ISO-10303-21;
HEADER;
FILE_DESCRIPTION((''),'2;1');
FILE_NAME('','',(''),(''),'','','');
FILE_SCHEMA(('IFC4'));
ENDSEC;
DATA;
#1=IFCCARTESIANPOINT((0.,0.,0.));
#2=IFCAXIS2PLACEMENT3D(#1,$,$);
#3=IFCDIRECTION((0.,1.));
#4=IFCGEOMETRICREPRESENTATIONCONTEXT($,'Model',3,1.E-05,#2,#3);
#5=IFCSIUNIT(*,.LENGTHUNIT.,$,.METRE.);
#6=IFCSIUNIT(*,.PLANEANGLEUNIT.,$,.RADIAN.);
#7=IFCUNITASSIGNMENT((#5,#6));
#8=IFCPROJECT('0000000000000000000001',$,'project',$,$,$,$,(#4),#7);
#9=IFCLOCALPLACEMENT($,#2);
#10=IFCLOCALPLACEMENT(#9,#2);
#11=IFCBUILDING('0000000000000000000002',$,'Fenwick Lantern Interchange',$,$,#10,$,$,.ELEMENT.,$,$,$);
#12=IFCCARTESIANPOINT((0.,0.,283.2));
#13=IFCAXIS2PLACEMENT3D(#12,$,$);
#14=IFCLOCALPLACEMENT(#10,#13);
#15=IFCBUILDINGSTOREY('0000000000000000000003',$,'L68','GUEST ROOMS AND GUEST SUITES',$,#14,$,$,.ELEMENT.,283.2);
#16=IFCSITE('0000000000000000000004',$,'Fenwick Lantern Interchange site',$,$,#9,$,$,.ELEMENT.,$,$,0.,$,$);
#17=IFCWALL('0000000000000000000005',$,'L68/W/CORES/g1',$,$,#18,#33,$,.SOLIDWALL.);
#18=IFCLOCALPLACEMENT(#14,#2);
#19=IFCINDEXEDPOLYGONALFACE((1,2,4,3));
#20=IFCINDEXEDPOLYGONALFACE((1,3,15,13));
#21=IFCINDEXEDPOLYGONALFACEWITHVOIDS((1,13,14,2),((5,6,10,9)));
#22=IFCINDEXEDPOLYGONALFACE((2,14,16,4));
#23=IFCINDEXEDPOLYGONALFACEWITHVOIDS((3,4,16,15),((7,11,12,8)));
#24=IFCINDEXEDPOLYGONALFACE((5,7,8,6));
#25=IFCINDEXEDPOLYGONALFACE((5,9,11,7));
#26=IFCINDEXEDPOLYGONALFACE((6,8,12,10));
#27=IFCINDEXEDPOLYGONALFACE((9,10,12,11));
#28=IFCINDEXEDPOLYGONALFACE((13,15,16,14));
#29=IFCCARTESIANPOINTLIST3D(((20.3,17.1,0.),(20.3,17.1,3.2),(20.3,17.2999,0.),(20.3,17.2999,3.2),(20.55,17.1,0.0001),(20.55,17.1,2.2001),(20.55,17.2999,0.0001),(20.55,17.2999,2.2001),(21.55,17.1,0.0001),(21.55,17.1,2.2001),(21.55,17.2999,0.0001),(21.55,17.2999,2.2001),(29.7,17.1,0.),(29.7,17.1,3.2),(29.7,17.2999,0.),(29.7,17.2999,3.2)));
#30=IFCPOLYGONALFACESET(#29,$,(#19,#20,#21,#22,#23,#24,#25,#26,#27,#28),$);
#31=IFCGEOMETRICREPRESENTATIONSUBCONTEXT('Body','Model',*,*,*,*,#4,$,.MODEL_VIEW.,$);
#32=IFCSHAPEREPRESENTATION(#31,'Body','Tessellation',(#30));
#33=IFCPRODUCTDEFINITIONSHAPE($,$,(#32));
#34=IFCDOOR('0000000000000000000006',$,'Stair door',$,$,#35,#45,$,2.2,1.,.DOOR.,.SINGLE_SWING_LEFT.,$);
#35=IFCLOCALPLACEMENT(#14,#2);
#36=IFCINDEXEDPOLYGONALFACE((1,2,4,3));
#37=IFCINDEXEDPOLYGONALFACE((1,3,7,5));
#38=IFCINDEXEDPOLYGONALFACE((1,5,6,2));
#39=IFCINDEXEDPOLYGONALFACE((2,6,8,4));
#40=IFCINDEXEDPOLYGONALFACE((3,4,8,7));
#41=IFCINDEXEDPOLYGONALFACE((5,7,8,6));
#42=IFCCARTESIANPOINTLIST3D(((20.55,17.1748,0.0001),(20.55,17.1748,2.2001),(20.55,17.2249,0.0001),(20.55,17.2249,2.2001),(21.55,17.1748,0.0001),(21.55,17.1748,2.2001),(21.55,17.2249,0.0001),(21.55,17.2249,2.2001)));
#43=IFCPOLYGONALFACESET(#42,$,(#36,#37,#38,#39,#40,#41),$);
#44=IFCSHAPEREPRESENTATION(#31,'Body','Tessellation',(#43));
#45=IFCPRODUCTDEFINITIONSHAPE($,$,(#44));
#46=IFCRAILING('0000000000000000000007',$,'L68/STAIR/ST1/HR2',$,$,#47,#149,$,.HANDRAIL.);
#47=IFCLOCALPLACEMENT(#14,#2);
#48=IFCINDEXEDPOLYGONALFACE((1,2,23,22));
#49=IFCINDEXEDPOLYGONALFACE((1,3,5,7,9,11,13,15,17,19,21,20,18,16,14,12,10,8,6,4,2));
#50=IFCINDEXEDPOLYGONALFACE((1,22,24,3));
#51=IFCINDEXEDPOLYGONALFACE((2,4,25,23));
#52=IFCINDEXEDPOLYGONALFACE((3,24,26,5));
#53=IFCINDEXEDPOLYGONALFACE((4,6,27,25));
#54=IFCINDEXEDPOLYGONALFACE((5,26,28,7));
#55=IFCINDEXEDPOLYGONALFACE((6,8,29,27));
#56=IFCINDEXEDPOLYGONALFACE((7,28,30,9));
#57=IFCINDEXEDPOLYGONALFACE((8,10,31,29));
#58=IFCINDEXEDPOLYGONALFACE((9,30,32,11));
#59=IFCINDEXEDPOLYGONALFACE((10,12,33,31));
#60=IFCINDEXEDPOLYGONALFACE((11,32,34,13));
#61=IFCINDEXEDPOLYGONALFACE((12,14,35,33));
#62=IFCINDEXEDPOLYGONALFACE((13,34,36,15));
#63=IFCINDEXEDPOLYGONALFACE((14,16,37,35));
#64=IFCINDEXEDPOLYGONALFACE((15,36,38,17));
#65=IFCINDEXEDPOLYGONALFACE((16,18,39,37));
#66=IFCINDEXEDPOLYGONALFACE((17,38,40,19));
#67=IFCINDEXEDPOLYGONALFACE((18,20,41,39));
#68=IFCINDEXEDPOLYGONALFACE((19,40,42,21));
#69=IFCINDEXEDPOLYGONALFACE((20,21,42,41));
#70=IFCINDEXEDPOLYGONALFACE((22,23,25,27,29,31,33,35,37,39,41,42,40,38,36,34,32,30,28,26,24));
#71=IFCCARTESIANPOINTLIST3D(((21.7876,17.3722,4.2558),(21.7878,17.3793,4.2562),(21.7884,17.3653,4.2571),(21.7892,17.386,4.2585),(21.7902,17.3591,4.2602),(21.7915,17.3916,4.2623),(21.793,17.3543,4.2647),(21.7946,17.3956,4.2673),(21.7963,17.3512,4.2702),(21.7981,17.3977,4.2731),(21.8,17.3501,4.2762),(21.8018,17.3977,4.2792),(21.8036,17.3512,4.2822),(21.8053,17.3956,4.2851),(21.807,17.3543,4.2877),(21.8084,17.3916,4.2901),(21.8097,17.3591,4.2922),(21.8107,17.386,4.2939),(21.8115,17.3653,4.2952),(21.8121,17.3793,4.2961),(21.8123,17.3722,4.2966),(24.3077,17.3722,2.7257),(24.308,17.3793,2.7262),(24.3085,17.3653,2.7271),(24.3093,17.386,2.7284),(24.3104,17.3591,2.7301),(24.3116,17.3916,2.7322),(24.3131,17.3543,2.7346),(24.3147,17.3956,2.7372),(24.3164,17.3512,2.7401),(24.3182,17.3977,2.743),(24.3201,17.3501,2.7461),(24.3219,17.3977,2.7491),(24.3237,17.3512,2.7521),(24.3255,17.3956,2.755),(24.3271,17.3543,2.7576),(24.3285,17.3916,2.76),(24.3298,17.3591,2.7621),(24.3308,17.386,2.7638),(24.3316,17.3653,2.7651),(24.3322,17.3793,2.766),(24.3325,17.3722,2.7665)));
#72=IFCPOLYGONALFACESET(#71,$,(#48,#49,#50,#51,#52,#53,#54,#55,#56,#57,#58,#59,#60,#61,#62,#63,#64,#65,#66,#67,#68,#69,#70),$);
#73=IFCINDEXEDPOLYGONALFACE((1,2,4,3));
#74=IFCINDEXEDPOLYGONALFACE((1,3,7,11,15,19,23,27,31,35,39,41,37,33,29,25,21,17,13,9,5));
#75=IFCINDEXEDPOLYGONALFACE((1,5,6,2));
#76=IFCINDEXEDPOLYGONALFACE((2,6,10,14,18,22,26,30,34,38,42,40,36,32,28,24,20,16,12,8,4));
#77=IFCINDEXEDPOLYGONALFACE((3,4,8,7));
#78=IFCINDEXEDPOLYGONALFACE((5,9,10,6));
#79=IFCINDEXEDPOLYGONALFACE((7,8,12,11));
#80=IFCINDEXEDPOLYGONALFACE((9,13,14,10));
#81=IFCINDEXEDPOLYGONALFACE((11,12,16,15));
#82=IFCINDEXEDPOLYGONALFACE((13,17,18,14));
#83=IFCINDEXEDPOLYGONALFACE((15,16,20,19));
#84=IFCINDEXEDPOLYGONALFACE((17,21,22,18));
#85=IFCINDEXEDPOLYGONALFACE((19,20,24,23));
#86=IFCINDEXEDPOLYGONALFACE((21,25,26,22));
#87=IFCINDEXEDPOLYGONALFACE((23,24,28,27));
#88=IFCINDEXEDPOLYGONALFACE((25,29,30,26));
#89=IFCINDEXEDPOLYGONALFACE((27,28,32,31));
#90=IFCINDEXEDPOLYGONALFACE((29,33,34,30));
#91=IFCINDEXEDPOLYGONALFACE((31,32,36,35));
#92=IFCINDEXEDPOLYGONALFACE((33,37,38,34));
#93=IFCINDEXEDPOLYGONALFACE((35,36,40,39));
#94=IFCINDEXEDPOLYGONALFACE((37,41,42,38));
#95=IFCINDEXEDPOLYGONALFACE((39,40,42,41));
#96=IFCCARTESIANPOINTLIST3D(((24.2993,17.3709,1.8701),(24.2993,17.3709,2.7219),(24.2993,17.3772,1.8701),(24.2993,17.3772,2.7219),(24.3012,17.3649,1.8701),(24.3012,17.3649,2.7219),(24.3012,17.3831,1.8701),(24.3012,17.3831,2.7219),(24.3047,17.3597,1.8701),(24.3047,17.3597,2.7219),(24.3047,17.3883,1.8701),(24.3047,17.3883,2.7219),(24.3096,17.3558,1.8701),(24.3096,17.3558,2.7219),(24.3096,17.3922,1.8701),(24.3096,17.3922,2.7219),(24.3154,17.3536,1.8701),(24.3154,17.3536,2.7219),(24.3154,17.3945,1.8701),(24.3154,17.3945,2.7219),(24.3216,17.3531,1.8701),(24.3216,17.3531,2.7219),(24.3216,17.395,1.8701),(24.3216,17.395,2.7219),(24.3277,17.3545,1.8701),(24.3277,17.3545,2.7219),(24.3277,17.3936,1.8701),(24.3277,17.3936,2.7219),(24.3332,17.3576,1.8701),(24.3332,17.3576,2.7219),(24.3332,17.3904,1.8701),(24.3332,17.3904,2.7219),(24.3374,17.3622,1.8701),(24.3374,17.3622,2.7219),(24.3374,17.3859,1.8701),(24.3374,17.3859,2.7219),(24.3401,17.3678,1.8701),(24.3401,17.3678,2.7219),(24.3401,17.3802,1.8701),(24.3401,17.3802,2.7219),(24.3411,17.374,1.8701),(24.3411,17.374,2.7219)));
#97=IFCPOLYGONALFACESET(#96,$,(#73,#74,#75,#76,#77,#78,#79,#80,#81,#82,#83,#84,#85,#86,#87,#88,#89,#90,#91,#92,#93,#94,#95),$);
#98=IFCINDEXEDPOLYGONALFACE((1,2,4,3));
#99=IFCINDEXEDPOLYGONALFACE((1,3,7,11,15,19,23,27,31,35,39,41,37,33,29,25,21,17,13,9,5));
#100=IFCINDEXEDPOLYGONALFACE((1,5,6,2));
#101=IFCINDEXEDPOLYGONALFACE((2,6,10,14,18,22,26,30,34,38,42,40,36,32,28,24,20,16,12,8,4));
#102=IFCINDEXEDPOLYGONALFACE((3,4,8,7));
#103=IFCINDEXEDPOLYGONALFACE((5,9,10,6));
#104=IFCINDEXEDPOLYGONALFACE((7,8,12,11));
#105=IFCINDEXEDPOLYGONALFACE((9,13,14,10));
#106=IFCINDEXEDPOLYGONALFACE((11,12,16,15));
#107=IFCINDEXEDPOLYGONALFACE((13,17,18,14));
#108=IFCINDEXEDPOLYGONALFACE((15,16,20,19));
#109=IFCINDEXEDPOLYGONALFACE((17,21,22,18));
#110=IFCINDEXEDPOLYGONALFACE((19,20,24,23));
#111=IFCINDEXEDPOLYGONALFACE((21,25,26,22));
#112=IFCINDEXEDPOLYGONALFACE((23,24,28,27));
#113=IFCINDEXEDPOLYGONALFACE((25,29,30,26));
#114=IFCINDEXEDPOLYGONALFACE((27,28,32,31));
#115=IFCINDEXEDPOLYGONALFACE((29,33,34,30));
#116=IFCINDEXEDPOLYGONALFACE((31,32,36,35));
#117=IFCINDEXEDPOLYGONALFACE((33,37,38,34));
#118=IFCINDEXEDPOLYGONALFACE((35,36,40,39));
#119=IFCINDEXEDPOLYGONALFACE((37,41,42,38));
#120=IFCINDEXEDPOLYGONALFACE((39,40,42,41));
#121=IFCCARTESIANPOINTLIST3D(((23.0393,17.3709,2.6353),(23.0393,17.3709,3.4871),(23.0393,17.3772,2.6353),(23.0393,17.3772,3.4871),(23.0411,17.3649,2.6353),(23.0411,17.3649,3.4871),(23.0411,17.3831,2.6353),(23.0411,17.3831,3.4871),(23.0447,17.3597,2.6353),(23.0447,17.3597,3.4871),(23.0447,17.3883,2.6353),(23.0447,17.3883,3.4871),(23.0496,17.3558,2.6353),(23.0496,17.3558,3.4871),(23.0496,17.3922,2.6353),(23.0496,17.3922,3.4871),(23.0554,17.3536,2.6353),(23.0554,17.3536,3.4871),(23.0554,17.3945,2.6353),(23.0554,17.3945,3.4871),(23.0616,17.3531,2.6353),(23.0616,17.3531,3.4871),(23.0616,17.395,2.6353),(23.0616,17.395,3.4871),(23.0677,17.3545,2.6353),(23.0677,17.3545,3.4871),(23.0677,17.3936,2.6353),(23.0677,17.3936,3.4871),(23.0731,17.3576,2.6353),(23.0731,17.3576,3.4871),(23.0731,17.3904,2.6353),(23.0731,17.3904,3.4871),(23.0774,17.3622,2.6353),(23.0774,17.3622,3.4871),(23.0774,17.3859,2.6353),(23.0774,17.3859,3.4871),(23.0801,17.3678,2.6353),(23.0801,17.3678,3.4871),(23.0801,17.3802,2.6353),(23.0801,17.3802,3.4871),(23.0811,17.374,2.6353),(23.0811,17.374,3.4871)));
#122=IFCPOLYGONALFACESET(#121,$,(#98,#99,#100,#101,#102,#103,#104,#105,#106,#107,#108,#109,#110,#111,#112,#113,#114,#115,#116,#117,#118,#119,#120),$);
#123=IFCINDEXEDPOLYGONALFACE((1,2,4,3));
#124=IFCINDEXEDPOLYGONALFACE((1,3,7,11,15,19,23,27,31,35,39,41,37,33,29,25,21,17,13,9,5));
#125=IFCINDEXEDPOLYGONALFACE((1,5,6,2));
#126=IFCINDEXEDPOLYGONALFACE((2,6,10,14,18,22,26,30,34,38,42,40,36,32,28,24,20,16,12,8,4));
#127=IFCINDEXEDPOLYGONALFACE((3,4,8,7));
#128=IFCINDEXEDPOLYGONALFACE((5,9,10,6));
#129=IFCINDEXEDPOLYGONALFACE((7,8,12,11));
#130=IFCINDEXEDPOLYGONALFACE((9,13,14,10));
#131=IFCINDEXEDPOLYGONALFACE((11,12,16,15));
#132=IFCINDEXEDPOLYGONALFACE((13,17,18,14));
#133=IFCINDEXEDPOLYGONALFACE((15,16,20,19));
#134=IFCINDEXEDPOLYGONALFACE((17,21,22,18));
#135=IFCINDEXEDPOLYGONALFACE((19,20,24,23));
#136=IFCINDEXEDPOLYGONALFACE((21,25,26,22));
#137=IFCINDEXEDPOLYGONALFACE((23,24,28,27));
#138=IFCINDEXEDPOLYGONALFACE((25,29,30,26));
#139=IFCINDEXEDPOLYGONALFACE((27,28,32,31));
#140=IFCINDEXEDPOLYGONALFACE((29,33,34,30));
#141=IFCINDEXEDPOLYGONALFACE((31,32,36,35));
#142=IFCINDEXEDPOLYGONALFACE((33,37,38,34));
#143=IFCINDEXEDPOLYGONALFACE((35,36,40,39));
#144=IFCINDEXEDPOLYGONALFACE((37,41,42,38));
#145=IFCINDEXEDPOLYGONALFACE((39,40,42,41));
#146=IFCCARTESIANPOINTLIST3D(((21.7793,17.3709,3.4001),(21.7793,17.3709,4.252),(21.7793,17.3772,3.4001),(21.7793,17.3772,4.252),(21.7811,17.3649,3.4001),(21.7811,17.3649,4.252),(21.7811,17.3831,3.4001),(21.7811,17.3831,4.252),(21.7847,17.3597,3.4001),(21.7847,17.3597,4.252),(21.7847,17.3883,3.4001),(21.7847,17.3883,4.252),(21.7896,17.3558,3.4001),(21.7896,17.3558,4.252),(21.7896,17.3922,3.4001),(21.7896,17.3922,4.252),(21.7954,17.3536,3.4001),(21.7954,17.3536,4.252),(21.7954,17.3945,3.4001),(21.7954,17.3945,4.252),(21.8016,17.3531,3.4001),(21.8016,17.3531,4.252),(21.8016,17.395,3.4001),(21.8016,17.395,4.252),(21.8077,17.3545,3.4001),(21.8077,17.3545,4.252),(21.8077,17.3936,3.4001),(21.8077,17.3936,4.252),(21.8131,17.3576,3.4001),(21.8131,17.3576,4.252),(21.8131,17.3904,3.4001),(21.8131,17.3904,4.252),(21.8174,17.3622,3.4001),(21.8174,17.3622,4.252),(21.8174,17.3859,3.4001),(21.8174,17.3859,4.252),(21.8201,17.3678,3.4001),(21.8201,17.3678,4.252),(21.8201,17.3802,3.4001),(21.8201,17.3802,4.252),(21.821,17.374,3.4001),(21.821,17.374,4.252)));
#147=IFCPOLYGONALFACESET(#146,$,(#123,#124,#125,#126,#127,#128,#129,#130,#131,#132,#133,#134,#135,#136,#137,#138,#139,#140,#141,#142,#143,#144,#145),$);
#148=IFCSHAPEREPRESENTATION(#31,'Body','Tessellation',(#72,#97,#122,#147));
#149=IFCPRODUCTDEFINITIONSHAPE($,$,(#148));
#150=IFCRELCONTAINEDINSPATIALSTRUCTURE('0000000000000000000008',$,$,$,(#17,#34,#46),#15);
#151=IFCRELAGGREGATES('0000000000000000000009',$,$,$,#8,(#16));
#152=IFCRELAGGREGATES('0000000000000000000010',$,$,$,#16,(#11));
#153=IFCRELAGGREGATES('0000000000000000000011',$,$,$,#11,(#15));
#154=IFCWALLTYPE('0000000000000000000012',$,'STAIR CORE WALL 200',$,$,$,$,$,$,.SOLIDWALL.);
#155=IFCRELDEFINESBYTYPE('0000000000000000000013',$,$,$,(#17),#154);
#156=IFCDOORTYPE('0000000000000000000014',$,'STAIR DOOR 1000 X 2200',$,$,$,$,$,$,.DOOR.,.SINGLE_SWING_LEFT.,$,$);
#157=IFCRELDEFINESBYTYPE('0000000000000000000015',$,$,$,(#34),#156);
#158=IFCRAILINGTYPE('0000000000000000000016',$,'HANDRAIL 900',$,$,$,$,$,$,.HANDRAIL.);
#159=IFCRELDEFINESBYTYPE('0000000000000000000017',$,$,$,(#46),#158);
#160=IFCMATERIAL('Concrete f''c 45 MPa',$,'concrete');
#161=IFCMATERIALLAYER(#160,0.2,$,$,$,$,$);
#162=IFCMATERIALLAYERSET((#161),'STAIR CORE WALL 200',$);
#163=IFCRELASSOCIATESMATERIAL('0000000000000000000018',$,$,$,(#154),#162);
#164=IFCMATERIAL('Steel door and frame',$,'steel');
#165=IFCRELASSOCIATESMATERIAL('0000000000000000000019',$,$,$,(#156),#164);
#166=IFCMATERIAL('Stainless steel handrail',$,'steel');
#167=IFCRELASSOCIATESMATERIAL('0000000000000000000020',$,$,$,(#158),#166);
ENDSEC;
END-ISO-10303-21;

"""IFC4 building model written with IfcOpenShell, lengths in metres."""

from ifc_helpers import new_model, si_unit, direction, frame, frame_2d, origin, origin_2d, place, context, subcontext, project, spatial, rectangle, circle, extrude, material, layer, layer_set, type_object, element, fill, save


model = new_model("IFC4")

# Units and contexts
model_context = context("Model", 3, precision=1e-05, world=origin(), true_north=direction((0.0, 1.0)))
body_context = subcontext(model_context, "Body", "Model", "MODEL_VIEW")
ifc_project = project(units=[si_unit("LENGTHUNIT", "METRE"), si_unit("PLANEANGLEUNIT", "RADIAN")], contexts=[model_context])

# Site, building, storey
site_placement = place(None, origin())
site = spatial("IfcSite", under=ifc_project, at=site_placement, Name="Fenwick Lantern Interchange site", CompositionType="ELEMENT", RefElevation=0.0)
building_placement = place(site_placement, origin())
building = spatial("IfcBuilding", under=site, at=building_placement, Name="Fenwick Lantern Interchange", CompositionType="ELEMENT")
storey_placement = place(building_placement, frame((0.0, 0.0, 283.2)))
storey = spatial("IfcBuildingStorey", under=building, at=storey_placement, Name="L68", Description="GUEST ROOMS AND GUEST SUITES", CompositionType="ELEMENT", Elevation=283.2)

# Shared definitions
ifc_material_1 = material(Name="Steel door and frame", Category="steel")

# Shared definitions
ifc_material_2 = material(Name="Concrete f'c 45 MPa", Category="concrete")
ifc_layer_1 = layer(ifc_material_2, 0.2)
ifc_layer_set_1 = layer_set([ifc_layer_1], Name="STAIR CORE WALL 200")
wall_type_1 = type_object("IfcWallType", Name="STAIR CORE WALL 200", PredefinedType="SOLIDWALL", material=ifc_layer_set_1)

# Wall, opening, door
wall_1_placement = place(storey_placement, frame((20.3, 17.2, 0.0), z_axis=(0.0, 0.0, 1.0), x_axis=(1.0, 0.0, 0.0)))
wall_1 = element("IfcWall", 1, at=wall_1_placement, inside=storey, type_object=wall_type_1, Name="L68/W/CORES/g1", PredefinedType="SOLIDWALL", context=body_context, shape_type="SweptSolid", body=[
    extrude(rectangle(XDim=9.3999, YDim=0.2, at=frame_2d((4.7, 0.0))), origin(), (0.0, 0.0, 1.0), 3.2),
])
opening_1_placement = place(wall_1_placement, frame((0.25, 0.0, 0.0)))
opening_1 = element("IfcOpeningElement", 2, at=opening_1_placement, cuts=wall_1, PredefinedType="OPENING", context=body_context, shape_type="SweptSolid", body=[
    extrude(rectangle(XDim=1.0, YDim=2.2, at=frame_2d((0.5, 1.1001))), frame((0.0, 0.1099, 0.0), z_axis=(0.0, -1.0, 0.0), x_axis=(1.0, 0.0, 0.0)), (0.0, 0.0, 1.0), 0.22),
])
door_type_1 = type_object("IfcDoorType", Name="STAIR DOOR 1000 X 2200", OperationType="SINGLE_SWING_LEFT", PredefinedType="DOOR", material=ifc_material_1)
door_1_placement = place(opening_1_placement, origin())
door_1 = element("IfcDoor", 3, at=door_1_placement, inside=storey, type_object=door_type_1, Name="Stair door", OperationType="SINGLE_SWING_LEFT", OverallHeight=2.2, OverallWidth=1.0, PredefinedType="DOOR", context=body_context, shape_type="SweptSolid", body=[
    extrude(rectangle(XDim=1.0, YDim=2.2, at=frame_2d((0.5, 1.1001))), frame((0.0, 0.0249, 0.0), z_axis=(0.0, -1.0, 0.0), x_axis=(1.0, 0.0, 0.0)), (0.0, 0.0, 1.0), 0.05),
])
fill(opening_1, door_1)

# Railing
ifc_material_3 = material(Name="Stainless steel handrail", Category="steel")
railing_type = type_object("IfcRailingType", Name="HANDRAIL 900", PredefinedType="HANDRAIL", material=ifc_material_3)
railing_placement = place(storey_placement, frame((24.3201, 17.374, 1.8701)))
element("IfcRailing", 4, at=railing_placement, inside=storey, type_object=railing_type, Name="L68/STAIR/ST1/HR2", PredefinedType="HANDRAIL", context=body_context, shape_type="SweptSolid", body=[
    extrude(circle(Radius=0.0239, at=origin_2d()), frame((0.0, 0.0, 0.876), z_axis=(-0.854785, 0.0, 0.518982), x_axis=(0.0, -1.0, 0.0)), (0.0, 0.0, 1.0), 2.9482),
    extrude(circle(Radius=0.021, at=origin_2d()), origin(), (0.0, 0.0, 1.0), 0.8518),
    extrude(circle(Radius=0.021, at=origin_2d()), frame((-1.26, 0.0, 0.7651)), (0.0, 0.0, 1.0), 0.8518),
    extrude(circle(Radius=0.021, at=origin_2d()), frame((-2.52, 0.0, 1.53)), (0.0, 0.0, 1.0), 0.8518),
])

save(model, "model.ifc")
